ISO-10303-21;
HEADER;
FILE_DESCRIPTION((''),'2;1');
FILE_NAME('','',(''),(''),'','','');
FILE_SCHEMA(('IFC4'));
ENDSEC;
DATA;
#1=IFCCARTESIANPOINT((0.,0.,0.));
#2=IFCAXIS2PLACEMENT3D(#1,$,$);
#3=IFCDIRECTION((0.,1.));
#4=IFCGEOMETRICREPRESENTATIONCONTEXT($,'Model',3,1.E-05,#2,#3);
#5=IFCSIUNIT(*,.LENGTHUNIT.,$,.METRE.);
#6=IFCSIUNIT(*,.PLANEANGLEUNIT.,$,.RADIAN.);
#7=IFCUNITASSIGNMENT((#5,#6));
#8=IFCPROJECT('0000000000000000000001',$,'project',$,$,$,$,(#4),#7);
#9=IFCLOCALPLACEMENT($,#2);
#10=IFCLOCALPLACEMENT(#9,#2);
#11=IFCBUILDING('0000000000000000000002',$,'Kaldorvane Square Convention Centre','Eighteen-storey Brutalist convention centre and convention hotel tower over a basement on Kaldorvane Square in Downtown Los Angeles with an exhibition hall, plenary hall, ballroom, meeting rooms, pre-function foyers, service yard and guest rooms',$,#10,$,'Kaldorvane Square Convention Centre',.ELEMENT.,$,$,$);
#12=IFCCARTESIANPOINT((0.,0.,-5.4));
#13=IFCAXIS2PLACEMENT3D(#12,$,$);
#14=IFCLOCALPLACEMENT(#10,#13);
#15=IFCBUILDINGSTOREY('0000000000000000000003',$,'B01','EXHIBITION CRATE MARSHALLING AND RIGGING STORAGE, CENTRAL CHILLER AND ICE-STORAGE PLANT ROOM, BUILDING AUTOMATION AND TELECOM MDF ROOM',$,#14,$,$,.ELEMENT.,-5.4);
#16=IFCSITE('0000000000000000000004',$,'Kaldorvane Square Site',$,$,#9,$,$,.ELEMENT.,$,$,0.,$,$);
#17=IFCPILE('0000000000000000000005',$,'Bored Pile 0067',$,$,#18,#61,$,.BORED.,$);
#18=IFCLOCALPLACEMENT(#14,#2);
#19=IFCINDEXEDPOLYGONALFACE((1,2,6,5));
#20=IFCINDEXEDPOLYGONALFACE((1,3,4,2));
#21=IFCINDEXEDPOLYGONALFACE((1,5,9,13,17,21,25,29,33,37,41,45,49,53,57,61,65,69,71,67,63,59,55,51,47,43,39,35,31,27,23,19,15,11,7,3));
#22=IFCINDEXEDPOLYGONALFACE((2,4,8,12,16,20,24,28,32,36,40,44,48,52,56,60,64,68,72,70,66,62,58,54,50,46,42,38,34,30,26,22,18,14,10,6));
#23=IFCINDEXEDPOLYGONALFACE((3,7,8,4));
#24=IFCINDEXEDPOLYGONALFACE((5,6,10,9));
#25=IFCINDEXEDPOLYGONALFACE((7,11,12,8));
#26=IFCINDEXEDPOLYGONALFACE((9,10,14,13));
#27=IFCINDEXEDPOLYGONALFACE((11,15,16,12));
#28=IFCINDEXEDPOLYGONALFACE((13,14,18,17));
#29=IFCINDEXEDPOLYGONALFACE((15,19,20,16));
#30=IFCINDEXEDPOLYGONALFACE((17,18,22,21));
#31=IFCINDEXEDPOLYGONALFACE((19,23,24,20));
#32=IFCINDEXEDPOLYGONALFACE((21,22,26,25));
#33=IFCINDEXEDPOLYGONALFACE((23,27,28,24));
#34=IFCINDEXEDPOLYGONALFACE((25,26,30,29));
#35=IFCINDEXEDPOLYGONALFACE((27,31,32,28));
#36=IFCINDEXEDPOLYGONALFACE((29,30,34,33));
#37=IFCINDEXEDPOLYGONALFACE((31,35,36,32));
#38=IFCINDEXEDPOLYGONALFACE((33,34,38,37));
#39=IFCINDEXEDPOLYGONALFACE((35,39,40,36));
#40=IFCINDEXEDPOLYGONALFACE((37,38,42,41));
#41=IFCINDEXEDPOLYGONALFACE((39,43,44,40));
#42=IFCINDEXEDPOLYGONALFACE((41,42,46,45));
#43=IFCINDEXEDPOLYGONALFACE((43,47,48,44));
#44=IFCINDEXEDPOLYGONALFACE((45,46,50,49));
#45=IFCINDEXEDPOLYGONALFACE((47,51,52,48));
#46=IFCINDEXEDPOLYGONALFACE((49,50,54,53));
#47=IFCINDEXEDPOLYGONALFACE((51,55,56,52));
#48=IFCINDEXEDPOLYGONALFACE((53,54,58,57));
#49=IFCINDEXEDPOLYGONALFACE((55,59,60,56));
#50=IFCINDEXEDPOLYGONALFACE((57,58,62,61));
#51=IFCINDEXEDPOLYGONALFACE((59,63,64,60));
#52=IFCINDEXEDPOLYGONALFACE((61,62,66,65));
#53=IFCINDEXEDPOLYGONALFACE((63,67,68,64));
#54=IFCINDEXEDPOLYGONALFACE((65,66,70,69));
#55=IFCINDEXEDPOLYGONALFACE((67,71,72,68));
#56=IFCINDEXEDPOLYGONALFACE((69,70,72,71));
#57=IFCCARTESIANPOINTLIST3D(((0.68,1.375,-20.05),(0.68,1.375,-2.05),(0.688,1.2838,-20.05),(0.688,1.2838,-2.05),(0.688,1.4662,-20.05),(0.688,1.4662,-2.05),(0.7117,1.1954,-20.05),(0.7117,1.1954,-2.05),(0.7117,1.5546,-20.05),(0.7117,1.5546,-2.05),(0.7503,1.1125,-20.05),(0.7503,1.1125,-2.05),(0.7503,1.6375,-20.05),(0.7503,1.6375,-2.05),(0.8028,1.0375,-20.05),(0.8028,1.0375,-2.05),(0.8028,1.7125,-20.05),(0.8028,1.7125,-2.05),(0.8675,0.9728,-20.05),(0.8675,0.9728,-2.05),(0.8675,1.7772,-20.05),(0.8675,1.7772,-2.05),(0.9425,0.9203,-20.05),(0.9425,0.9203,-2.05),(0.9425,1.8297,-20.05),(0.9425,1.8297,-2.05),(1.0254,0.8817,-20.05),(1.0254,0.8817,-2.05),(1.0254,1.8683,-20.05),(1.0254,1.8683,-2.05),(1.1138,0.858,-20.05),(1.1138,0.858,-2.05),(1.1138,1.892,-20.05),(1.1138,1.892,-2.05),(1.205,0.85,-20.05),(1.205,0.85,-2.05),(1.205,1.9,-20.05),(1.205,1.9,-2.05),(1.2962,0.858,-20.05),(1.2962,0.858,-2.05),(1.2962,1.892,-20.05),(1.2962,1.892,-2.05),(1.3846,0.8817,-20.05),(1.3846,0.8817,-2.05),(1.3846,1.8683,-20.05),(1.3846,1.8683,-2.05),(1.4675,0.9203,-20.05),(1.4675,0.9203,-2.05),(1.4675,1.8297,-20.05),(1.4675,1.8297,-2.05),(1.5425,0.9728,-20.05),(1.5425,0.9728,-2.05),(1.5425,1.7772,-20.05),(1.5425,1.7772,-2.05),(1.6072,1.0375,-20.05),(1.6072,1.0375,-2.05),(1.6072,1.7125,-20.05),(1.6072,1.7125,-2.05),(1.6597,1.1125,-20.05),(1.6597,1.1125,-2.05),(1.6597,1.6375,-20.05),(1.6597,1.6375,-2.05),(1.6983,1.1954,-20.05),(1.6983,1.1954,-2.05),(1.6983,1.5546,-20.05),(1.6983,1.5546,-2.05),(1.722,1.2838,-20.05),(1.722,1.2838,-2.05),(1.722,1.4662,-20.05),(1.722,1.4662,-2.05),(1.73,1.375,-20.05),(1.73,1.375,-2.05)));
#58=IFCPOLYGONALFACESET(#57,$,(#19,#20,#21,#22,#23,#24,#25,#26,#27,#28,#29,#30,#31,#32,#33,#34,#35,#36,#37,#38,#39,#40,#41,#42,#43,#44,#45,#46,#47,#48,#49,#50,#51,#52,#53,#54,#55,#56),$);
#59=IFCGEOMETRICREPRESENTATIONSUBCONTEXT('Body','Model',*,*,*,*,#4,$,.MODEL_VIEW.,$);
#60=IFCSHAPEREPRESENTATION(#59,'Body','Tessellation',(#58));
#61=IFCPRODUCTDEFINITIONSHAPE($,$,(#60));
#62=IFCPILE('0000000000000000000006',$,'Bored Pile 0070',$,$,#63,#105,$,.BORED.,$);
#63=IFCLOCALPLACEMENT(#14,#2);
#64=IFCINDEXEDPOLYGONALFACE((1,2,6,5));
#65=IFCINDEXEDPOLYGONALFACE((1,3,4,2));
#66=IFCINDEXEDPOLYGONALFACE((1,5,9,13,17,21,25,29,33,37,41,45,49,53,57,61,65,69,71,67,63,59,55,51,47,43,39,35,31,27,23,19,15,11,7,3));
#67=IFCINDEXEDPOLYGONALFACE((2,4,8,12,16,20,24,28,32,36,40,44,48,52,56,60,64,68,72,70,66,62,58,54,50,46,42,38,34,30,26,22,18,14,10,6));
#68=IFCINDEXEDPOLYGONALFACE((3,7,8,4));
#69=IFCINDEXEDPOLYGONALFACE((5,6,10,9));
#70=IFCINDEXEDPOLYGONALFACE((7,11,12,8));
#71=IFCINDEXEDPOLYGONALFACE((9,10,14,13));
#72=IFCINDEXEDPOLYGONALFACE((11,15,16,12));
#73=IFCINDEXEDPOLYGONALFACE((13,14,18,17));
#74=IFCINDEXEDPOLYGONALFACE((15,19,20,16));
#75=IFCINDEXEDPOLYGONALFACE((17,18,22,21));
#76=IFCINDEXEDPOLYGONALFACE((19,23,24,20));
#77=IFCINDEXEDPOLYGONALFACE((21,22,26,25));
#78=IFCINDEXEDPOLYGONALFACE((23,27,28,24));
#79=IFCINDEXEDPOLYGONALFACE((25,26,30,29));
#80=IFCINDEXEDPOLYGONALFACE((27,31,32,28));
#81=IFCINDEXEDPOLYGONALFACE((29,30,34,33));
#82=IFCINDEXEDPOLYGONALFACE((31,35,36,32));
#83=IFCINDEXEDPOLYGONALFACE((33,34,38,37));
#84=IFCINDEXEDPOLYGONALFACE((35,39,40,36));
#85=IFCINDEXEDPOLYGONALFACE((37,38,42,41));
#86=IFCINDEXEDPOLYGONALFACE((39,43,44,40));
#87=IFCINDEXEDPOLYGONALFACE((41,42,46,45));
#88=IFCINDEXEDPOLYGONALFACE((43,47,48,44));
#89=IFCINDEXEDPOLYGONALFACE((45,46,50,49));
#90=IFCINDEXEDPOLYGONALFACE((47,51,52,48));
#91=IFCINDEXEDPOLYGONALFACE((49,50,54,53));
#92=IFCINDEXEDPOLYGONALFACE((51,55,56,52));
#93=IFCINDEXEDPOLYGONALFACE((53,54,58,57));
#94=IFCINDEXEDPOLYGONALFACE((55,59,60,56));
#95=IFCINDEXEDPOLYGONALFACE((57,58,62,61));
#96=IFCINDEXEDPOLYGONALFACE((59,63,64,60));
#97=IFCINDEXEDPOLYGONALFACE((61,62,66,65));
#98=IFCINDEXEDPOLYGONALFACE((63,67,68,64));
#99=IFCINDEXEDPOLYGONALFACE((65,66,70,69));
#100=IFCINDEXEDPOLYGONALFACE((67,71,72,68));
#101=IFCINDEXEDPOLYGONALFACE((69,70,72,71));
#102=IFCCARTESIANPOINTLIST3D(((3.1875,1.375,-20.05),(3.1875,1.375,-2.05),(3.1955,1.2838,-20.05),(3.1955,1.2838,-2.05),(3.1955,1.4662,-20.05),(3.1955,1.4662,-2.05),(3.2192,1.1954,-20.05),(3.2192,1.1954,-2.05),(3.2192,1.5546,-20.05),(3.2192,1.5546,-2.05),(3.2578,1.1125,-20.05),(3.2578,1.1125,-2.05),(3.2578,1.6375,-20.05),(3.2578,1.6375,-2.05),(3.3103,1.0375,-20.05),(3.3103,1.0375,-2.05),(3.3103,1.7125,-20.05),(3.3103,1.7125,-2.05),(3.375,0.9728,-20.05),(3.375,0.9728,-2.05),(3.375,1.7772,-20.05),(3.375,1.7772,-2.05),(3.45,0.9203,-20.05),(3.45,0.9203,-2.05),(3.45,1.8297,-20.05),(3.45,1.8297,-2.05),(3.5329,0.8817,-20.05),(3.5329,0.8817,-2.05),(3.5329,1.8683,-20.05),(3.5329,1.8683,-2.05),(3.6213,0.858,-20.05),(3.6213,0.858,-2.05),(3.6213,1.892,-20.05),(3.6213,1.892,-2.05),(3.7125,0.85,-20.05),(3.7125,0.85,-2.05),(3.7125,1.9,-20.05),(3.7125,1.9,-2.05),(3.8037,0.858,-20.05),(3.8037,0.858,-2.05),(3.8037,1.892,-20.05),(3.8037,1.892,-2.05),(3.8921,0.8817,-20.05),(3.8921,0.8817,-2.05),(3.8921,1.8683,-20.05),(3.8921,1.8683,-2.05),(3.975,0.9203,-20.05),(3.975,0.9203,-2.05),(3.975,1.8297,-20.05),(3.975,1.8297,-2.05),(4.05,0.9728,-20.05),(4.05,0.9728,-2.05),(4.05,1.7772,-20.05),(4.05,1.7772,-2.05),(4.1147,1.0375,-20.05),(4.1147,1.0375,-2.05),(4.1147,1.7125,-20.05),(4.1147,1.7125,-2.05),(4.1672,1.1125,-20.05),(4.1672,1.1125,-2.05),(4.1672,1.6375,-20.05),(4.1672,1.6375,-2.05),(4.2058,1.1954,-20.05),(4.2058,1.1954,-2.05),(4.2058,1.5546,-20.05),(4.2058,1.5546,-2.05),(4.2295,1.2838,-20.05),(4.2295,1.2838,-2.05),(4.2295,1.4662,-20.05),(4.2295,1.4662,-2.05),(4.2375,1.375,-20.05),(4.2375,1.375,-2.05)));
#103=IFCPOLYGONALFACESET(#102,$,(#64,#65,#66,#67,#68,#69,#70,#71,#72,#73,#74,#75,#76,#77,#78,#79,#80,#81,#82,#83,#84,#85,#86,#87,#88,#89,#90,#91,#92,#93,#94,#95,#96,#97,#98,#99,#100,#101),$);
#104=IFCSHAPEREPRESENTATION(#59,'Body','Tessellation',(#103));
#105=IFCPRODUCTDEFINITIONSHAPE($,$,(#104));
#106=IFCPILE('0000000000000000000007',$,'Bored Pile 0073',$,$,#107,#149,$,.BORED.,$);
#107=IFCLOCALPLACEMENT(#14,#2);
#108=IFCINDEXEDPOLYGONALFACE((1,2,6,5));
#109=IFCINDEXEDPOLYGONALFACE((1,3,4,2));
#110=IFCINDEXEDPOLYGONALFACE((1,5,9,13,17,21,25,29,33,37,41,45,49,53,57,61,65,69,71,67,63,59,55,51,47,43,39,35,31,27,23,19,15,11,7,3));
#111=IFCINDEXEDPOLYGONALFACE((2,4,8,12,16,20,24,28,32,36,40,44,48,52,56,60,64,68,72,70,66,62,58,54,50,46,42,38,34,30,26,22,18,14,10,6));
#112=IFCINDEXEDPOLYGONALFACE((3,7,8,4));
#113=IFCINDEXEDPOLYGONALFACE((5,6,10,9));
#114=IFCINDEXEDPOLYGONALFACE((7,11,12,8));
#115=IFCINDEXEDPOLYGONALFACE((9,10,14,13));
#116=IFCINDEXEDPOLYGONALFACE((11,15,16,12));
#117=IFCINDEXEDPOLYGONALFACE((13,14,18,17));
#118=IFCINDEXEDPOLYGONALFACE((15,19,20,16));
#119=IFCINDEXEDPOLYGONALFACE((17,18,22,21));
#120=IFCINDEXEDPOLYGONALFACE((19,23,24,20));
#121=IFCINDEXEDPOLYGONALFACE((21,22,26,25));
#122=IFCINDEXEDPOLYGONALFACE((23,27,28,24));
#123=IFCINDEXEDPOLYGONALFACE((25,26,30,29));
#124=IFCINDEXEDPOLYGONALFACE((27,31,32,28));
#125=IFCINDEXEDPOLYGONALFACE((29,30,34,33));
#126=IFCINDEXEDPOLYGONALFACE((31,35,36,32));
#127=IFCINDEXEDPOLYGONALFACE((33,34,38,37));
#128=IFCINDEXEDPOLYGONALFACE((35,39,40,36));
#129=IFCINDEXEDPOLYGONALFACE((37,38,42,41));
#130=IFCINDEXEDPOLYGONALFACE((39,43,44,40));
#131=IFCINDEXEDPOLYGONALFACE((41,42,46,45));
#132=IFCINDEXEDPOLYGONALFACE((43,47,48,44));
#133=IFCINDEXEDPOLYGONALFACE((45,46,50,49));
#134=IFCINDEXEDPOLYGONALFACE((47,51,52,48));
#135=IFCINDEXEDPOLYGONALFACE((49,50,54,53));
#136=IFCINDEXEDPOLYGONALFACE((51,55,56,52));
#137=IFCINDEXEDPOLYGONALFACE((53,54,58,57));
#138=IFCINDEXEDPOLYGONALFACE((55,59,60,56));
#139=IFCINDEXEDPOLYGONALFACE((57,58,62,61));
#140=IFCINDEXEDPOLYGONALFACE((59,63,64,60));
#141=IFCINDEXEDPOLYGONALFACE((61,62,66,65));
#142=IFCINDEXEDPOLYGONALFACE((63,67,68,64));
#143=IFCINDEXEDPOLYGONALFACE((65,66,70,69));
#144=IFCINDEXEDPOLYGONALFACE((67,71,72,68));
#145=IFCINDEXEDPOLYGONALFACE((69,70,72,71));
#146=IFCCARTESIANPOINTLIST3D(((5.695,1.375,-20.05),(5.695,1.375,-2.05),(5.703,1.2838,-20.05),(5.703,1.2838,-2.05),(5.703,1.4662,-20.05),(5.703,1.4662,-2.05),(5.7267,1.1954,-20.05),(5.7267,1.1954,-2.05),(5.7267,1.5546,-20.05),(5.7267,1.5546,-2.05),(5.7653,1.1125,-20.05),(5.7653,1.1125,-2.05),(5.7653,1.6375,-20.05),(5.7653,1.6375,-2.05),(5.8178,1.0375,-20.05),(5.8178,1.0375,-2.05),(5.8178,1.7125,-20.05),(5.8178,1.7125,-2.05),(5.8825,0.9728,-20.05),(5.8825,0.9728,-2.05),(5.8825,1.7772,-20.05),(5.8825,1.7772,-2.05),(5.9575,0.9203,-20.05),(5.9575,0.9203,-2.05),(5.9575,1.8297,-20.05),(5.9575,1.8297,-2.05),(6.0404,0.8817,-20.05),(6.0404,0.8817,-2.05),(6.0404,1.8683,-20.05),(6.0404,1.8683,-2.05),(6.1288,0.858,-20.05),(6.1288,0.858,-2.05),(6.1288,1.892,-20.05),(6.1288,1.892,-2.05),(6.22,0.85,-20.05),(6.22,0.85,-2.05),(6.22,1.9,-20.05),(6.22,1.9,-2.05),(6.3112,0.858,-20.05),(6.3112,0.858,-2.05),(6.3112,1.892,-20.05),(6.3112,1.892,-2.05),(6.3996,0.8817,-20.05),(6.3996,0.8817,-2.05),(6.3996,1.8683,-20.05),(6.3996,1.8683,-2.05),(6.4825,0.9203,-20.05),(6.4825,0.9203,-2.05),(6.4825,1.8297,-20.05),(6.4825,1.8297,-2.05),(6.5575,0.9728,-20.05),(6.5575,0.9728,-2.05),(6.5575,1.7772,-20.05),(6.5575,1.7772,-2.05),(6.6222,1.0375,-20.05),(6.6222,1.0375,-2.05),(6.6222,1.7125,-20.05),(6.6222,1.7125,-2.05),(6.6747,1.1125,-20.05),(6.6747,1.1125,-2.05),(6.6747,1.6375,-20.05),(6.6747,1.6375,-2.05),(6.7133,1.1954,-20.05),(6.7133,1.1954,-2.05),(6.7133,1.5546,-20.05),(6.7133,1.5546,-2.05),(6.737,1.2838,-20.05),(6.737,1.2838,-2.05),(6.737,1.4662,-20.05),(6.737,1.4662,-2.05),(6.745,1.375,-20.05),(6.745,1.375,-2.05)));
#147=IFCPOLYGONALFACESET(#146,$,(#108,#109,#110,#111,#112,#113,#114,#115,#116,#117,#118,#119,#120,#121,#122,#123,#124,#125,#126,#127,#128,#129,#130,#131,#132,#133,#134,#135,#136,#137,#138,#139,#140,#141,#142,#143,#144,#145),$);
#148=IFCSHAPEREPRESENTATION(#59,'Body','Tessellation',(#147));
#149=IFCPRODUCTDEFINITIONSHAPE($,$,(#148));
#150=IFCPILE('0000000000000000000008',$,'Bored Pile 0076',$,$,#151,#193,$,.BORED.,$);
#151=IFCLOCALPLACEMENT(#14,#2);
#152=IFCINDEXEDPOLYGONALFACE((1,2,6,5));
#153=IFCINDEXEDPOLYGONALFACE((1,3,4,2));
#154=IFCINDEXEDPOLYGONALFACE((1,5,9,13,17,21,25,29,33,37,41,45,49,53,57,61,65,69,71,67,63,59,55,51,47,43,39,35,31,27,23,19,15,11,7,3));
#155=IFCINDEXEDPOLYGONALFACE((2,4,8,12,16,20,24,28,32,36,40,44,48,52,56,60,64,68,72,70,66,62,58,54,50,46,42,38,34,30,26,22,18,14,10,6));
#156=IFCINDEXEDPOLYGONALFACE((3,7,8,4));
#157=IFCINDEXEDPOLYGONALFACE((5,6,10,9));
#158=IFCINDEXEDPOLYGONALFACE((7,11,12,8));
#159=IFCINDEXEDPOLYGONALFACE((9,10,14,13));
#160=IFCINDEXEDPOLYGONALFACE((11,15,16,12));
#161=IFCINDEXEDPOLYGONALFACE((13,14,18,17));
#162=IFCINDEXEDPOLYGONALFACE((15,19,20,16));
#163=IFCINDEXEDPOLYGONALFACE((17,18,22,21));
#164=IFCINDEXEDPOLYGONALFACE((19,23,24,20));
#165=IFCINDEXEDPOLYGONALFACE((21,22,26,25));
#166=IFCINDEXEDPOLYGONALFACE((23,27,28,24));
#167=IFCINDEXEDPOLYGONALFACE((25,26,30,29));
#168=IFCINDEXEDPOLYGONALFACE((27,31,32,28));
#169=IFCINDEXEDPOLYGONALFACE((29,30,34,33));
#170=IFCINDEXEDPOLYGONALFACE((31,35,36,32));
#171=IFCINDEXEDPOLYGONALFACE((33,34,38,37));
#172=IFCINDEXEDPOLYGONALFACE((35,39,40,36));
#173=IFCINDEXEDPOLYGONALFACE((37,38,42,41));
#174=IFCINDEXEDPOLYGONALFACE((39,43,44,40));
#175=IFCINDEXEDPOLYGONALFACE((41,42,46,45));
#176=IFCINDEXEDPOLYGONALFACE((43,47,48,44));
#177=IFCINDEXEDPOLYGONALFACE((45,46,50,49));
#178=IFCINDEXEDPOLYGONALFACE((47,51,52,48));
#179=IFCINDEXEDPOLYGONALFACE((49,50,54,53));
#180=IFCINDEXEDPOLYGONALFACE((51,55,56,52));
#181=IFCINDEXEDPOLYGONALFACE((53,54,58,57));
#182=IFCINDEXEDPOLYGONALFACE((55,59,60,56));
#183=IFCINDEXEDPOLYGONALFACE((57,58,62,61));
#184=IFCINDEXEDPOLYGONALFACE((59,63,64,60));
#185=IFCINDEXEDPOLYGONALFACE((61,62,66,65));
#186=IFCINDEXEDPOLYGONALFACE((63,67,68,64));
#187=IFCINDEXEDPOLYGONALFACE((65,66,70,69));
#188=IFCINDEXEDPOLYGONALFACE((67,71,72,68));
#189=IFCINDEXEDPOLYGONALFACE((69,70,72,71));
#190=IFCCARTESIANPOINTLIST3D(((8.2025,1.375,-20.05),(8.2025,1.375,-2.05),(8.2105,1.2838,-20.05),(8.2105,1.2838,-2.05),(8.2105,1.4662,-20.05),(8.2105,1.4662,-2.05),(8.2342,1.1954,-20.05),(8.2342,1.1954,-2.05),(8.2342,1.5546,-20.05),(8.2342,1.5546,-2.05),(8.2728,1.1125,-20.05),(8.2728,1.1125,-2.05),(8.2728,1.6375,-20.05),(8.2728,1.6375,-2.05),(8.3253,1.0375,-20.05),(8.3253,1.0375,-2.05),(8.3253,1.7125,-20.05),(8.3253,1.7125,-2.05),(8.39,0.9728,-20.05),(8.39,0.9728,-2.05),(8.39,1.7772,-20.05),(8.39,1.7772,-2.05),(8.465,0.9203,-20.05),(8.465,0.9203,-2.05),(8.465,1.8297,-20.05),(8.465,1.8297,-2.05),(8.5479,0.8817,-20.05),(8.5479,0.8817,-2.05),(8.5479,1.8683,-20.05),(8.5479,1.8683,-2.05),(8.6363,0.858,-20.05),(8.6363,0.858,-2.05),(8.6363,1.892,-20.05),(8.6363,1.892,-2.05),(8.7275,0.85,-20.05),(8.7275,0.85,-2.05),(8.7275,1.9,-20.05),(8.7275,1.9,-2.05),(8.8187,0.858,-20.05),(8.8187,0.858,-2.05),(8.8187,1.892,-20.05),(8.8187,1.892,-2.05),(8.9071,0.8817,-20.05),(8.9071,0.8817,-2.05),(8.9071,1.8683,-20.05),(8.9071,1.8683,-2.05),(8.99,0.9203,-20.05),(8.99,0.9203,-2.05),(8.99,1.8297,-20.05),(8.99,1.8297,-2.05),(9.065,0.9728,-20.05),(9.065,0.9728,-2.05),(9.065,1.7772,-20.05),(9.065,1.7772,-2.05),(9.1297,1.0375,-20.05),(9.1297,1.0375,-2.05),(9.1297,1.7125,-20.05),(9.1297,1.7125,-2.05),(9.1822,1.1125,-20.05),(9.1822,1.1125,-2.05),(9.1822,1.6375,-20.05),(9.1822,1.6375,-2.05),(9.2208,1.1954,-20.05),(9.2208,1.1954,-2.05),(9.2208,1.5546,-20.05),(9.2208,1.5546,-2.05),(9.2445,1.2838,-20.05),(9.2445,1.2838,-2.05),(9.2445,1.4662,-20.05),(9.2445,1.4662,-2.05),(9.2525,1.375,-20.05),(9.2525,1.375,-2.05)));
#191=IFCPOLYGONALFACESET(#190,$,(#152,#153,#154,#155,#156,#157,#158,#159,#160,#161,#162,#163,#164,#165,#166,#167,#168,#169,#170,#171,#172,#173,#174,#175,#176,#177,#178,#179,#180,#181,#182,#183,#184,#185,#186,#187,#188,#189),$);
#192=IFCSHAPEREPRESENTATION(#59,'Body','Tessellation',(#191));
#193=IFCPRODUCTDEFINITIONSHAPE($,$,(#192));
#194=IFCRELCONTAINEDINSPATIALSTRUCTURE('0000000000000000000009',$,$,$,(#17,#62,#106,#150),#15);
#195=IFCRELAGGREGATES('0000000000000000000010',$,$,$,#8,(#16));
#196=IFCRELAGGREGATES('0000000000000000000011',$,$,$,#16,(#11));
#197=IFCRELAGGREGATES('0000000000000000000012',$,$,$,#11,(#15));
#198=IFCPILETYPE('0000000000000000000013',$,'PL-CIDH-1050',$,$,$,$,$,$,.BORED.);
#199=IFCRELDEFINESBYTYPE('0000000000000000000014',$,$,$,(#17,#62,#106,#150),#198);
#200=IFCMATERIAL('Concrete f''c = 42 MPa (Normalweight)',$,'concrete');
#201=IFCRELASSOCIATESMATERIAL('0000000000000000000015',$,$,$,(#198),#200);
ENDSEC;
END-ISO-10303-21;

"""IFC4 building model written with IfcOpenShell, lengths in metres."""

from ifc_helpers import new_model, si_unit, direction, frame, origin, origin_2d, place, context, subcontext, project, spatial, circle, extrude, material, material_profile, profile_set, type_object, element, save


model = new_model("IFC4")

# Units and contexts
model_context = context("Model", 3, precision=1e-05, world=origin(), true_north=direction((0.0, 1.0)))
body_context = subcontext(model_context, "Body", "Model", "MODEL_VIEW")
ifc_project = project(units=[si_unit("LENGTHUNIT", "METRE"), si_unit("PLANEANGLEUNIT", "RADIAN")], contexts=[model_context])

# Site, building, storey
site_placement = place(None, origin())
site = spatial("IfcSite", under=ifc_project, at=site_placement, Name="Kaldorvane Square Site", CompositionType="ELEMENT", RefElevation=0.0)
building_placement = place(site_placement, origin())
building = spatial("IfcBuilding", under=site, at=building_placement, Name="Kaldorvane Square Convention Centre", Description="Eighteen-storey Brutalist convention centre and convention hotel tower over a basement on Kaldorvane Square in Downtown Los Angeles with an exhibition hall, plenary hall, ballroom, meeting rooms, pre-function foyers, service yard and guest rooms", LongName="Kaldorvane Square Convention Centre", CompositionType="ELEMENT")
storey_placement = place(building_placement, frame((0.0, 0.0, -5.4)))
storey = spatial("IfcBuildingStorey", under=building, at=storey_placement, Name="B01", Description="EXHIBITION CRATE MARSHALLING AND RIGGING STORAGE, CENTRAL CHILLER AND ICE-STORAGE PLANT ROOM, BUILDING AUTOMATION AND TELECOM MDF ROOM", CompositionType="ELEMENT", Elevation=-5.4)

# Piles
ifc_material_1 = material(Name="Concrete f'c = 42 MPa (Normalweight)", Category="concrete")
ifc_material_profile_1 = material_profile(ifc_material_1, circle(Radius=0.525, at=origin_2d()), Name="PILE-D1050")
ifc_profile_set_1 = profile_set([ifc_material_profile_1], Name="Concrete f'c = 42 MPa (Normalweight)")
pile_type = type_object("IfcPileType", Name="PL-CIDH-1050", PredefinedType="BORED", material=ifc_profile_set_1)
for number, where, z_axis, x_axis, name in (
    (1, (1.205, 1.375, -2.05), (0.0, 0.0, -1.0), (1.0, 0.0, 0.0), "Bored Pile 0067"),
    (2, (3.7125, 1.375, -2.05), (0.0, 0.0, -1.0), (1.0, 0.0, 0.0), "Bored Pile 0070"),
    (3, (6.22, 1.375, -2.05), (0.0, 0.0, -1.0), (1.0, 0.0, 0.0), "Bored Pile 0073"),
    (4, (8.7275, 1.375, -2.05), (0.0, 0.0, -1.0), (1.0, 0.0, 0.0), "Bored Pile 0076"),
):
    element("IfcPile", number, at=place(storey_placement, frame(where, z_axis=z_axis, x_axis=x_axis)), inside=storey, type_object=pile_type, Name=name, PredefinedType="BORED", context=body_context, shape_type="SweptSolid", body=[
        extrude(circle(Radius=0.525, at=origin_2d()), origin(), (0.0, 0.0, 1.0), 18.0),
    ])

save(model, "model.ifc")
